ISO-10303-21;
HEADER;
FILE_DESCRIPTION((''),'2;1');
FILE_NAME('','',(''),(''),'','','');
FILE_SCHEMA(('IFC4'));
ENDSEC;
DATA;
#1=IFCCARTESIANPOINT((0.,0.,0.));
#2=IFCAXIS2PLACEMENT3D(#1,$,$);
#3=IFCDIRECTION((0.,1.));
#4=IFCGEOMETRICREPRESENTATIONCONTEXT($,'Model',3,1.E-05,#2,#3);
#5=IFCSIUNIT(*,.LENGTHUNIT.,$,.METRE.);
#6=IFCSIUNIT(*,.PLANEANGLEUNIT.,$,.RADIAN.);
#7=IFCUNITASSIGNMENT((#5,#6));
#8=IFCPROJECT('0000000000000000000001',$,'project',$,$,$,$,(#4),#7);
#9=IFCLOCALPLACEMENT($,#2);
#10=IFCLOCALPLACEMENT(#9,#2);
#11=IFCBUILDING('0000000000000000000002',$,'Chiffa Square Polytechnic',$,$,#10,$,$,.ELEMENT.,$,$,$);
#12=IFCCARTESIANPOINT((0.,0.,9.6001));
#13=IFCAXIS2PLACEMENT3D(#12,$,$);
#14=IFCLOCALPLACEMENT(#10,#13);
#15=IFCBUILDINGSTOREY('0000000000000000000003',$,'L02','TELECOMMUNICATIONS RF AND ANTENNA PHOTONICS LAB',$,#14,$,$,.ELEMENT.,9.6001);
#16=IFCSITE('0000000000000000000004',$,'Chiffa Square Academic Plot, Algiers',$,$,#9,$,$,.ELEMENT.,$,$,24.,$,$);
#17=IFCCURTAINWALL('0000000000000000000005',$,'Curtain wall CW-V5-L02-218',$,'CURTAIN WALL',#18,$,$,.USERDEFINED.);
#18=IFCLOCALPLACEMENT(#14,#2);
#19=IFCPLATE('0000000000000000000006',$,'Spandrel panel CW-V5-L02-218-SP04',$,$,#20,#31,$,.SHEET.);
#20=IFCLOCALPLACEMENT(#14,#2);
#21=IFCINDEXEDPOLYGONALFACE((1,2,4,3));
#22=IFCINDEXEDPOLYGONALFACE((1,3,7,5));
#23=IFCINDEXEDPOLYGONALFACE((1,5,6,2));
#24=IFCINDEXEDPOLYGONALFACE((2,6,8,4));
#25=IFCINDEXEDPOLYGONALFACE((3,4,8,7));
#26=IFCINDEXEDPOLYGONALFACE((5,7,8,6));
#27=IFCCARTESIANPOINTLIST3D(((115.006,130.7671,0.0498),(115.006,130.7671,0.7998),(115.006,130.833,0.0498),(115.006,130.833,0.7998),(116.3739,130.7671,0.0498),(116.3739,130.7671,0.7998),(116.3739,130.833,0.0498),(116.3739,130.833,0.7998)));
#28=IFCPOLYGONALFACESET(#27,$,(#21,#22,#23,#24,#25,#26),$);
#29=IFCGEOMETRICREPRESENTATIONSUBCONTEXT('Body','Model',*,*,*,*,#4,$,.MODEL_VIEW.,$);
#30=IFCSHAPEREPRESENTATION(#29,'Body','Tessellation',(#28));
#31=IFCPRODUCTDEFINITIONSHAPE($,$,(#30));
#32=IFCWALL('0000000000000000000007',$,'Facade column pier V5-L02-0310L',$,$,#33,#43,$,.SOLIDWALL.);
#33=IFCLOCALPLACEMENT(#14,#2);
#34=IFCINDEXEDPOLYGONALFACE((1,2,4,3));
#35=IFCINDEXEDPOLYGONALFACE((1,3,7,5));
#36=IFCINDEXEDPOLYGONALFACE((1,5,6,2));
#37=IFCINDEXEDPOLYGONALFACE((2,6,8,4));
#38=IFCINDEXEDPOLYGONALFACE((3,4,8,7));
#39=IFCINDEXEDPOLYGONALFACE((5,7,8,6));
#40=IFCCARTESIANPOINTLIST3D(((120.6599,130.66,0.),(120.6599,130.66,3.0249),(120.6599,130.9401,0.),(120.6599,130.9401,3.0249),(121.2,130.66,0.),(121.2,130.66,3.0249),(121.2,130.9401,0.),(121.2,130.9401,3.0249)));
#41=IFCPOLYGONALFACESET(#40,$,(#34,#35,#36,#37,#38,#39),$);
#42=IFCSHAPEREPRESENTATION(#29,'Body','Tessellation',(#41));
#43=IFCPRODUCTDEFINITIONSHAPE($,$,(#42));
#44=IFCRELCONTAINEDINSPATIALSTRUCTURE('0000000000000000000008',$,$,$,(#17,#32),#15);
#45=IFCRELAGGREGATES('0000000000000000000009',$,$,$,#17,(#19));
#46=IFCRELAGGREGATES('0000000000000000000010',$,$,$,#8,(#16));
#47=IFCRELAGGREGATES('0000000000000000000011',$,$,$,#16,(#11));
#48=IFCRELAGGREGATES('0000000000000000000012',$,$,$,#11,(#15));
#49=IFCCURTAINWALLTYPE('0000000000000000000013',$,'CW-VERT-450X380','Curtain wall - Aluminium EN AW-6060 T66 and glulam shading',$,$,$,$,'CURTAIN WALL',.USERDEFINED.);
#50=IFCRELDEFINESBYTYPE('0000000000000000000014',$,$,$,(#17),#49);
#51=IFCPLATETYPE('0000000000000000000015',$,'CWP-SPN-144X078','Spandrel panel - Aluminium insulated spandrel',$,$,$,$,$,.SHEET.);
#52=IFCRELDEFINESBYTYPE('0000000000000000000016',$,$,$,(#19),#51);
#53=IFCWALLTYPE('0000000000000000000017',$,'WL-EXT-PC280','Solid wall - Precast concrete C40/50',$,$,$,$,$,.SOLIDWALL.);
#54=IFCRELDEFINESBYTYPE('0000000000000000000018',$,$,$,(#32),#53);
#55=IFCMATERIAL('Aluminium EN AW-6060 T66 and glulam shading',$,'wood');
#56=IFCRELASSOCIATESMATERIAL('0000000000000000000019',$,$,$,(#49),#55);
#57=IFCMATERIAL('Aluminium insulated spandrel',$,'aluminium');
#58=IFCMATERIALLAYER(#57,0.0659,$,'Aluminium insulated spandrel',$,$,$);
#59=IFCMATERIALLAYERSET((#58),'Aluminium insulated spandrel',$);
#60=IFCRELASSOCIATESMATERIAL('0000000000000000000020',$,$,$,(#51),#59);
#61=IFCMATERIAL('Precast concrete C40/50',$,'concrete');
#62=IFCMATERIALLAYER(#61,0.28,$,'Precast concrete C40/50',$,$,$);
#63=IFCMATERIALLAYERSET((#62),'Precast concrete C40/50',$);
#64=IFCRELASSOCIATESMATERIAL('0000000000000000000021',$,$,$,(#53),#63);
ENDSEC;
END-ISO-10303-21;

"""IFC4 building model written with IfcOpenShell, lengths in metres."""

from ifc_helpers import new_model, si_unit, direction, frame, frame_2d, origin, origin_2d, place, context, subcontext, project, spatial, rectangle, extrude, material, layer, layer_set, type_object, element, aggregate, save


model = new_model("IFC4")

# Units and contexts
model_context = context("Model", 3, precision=1e-05, world=origin(), true_north=direction((0.0, 1.0)))
body_context = subcontext(model_context, "Body", "Model", "MODEL_VIEW")
ifc_project = project(units=[si_unit("LENGTHUNIT", "METRE"), si_unit("PLANEANGLEUNIT", "RADIAN")], contexts=[model_context])

# Site, building, storey
site_placement = place(None, origin())
site = spatial("IfcSite", under=ifc_project, at=site_placement, Name="Chiffa Square Academic Plot, Algiers", CompositionType="ELEMENT", RefElevation=24.0)
building_placement = place(site_placement, origin())
building = spatial("IfcBuilding", under=site, at=building_placement, Name="Chiffa Square Polytechnic", CompositionType="ELEMENT")
storey_placement = place(building_placement, frame((0.0, 0.0, 9.6001)))
storey = spatial("IfcBuildingStorey", under=building, at=storey_placement, Name="L02", Description="TELECOMMUNICATIONS RF AND ANTENNA PHOTONICS LAB", CompositionType="ELEMENT", Elevation=9.6001)

# Curtain wall, plate
ifc_material_1 = material(Name="Aluminium EN AW-6060 T66 and glulam shading", Category="wood")
curtain_wall_type = type_object("IfcCurtainWallType", Name="CW-VERT-450X380", Description="Curtain wall - Aluminium EN AW-6060 T66 and glulam shading", ElementType="CURTAIN WALL", PredefinedType="USERDEFINED", material=ifc_material_1)
curtain_wall_placement = place(storey_placement, origin())
curtain_wall = element("IfcCurtainWall", 1, at=curtain_wall_placement, inside=storey, type_object=curtain_wall_type, Name="Curtain wall CW-V5-L02-218", ObjectType="CURTAIN WALL", PredefinedType="USERDEFINED")
ifc_material_2 = material(Name="Aluminium insulated spandrel", Category="aluminium")
ifc_layer_1 = layer(ifc_material_2, 0.0659, Name="Aluminium insulated spandrel")
ifc_layer_set_1 = layer_set([ifc_layer_1], Name="Aluminium insulated spandrel")
plate_type_1 = type_object("IfcPlateType", Name="CWP-SPN-144X078", Description="Spandrel panel - Aluminium insulated spandrel", PredefinedType="SHEET", material=ifc_layer_set_1)
plate_1_placement = place(storey_placement, frame((115.6899, 130.8, 0.0498), z_axis=(0.0, 0.0, 1.0), x_axis=(-1.0, 0.0, 0.0)))
plate_1 = element("IfcPlate", 2, at=plate_1_placement, type_object=plate_type_1, Name="Spandrel panel CW-V5-L02-218-SP04", PredefinedType="SHEET", context=body_context, shape_type="SweptSolid", body=[
    extrude(rectangle(XDim=1.3679, YDim=0.0659, at=origin_2d()), origin(), (0.0, 0.0, 1.0), 0.75),
])
aggregate(curtain_wall, [plate_1])

# Wall
ifc_material_3 = material(Name="Precast concrete C40/50", Category="concrete")
ifc_layer_2 = layer(ifc_material_3, 0.28, Name="Precast concrete C40/50")
ifc_layer_set_2 = layer_set([ifc_layer_2], Name="Precast concrete C40/50")
wall_type = type_object("IfcWallType", Name="WL-EXT-PC280", Description="Solid wall - Precast concrete C40/50", PredefinedType="SOLIDWALL", material=ifc_layer_set_2)
wall_placement = place(storey_placement, frame((121.2, 130.8, 0.0), z_axis=(0.0, 0.0, 1.0), x_axis=(-1.0, 0.0, 0.0)))
element("IfcWall", 3, at=wall_placement, inside=storey, type_object=wall_type, Name="Facade column pier V5-L02-0310L", PredefinedType="SOLIDWALL", context=body_context, shape_type="SweptSolid", body=[
    extrude(rectangle(XDim=0.54, YDim=0.28, at=frame_2d((0.27, 0.0))), origin(), (0.0, 0.0, 1.0), 3.0249),
])

save(model, "model.ifc")
